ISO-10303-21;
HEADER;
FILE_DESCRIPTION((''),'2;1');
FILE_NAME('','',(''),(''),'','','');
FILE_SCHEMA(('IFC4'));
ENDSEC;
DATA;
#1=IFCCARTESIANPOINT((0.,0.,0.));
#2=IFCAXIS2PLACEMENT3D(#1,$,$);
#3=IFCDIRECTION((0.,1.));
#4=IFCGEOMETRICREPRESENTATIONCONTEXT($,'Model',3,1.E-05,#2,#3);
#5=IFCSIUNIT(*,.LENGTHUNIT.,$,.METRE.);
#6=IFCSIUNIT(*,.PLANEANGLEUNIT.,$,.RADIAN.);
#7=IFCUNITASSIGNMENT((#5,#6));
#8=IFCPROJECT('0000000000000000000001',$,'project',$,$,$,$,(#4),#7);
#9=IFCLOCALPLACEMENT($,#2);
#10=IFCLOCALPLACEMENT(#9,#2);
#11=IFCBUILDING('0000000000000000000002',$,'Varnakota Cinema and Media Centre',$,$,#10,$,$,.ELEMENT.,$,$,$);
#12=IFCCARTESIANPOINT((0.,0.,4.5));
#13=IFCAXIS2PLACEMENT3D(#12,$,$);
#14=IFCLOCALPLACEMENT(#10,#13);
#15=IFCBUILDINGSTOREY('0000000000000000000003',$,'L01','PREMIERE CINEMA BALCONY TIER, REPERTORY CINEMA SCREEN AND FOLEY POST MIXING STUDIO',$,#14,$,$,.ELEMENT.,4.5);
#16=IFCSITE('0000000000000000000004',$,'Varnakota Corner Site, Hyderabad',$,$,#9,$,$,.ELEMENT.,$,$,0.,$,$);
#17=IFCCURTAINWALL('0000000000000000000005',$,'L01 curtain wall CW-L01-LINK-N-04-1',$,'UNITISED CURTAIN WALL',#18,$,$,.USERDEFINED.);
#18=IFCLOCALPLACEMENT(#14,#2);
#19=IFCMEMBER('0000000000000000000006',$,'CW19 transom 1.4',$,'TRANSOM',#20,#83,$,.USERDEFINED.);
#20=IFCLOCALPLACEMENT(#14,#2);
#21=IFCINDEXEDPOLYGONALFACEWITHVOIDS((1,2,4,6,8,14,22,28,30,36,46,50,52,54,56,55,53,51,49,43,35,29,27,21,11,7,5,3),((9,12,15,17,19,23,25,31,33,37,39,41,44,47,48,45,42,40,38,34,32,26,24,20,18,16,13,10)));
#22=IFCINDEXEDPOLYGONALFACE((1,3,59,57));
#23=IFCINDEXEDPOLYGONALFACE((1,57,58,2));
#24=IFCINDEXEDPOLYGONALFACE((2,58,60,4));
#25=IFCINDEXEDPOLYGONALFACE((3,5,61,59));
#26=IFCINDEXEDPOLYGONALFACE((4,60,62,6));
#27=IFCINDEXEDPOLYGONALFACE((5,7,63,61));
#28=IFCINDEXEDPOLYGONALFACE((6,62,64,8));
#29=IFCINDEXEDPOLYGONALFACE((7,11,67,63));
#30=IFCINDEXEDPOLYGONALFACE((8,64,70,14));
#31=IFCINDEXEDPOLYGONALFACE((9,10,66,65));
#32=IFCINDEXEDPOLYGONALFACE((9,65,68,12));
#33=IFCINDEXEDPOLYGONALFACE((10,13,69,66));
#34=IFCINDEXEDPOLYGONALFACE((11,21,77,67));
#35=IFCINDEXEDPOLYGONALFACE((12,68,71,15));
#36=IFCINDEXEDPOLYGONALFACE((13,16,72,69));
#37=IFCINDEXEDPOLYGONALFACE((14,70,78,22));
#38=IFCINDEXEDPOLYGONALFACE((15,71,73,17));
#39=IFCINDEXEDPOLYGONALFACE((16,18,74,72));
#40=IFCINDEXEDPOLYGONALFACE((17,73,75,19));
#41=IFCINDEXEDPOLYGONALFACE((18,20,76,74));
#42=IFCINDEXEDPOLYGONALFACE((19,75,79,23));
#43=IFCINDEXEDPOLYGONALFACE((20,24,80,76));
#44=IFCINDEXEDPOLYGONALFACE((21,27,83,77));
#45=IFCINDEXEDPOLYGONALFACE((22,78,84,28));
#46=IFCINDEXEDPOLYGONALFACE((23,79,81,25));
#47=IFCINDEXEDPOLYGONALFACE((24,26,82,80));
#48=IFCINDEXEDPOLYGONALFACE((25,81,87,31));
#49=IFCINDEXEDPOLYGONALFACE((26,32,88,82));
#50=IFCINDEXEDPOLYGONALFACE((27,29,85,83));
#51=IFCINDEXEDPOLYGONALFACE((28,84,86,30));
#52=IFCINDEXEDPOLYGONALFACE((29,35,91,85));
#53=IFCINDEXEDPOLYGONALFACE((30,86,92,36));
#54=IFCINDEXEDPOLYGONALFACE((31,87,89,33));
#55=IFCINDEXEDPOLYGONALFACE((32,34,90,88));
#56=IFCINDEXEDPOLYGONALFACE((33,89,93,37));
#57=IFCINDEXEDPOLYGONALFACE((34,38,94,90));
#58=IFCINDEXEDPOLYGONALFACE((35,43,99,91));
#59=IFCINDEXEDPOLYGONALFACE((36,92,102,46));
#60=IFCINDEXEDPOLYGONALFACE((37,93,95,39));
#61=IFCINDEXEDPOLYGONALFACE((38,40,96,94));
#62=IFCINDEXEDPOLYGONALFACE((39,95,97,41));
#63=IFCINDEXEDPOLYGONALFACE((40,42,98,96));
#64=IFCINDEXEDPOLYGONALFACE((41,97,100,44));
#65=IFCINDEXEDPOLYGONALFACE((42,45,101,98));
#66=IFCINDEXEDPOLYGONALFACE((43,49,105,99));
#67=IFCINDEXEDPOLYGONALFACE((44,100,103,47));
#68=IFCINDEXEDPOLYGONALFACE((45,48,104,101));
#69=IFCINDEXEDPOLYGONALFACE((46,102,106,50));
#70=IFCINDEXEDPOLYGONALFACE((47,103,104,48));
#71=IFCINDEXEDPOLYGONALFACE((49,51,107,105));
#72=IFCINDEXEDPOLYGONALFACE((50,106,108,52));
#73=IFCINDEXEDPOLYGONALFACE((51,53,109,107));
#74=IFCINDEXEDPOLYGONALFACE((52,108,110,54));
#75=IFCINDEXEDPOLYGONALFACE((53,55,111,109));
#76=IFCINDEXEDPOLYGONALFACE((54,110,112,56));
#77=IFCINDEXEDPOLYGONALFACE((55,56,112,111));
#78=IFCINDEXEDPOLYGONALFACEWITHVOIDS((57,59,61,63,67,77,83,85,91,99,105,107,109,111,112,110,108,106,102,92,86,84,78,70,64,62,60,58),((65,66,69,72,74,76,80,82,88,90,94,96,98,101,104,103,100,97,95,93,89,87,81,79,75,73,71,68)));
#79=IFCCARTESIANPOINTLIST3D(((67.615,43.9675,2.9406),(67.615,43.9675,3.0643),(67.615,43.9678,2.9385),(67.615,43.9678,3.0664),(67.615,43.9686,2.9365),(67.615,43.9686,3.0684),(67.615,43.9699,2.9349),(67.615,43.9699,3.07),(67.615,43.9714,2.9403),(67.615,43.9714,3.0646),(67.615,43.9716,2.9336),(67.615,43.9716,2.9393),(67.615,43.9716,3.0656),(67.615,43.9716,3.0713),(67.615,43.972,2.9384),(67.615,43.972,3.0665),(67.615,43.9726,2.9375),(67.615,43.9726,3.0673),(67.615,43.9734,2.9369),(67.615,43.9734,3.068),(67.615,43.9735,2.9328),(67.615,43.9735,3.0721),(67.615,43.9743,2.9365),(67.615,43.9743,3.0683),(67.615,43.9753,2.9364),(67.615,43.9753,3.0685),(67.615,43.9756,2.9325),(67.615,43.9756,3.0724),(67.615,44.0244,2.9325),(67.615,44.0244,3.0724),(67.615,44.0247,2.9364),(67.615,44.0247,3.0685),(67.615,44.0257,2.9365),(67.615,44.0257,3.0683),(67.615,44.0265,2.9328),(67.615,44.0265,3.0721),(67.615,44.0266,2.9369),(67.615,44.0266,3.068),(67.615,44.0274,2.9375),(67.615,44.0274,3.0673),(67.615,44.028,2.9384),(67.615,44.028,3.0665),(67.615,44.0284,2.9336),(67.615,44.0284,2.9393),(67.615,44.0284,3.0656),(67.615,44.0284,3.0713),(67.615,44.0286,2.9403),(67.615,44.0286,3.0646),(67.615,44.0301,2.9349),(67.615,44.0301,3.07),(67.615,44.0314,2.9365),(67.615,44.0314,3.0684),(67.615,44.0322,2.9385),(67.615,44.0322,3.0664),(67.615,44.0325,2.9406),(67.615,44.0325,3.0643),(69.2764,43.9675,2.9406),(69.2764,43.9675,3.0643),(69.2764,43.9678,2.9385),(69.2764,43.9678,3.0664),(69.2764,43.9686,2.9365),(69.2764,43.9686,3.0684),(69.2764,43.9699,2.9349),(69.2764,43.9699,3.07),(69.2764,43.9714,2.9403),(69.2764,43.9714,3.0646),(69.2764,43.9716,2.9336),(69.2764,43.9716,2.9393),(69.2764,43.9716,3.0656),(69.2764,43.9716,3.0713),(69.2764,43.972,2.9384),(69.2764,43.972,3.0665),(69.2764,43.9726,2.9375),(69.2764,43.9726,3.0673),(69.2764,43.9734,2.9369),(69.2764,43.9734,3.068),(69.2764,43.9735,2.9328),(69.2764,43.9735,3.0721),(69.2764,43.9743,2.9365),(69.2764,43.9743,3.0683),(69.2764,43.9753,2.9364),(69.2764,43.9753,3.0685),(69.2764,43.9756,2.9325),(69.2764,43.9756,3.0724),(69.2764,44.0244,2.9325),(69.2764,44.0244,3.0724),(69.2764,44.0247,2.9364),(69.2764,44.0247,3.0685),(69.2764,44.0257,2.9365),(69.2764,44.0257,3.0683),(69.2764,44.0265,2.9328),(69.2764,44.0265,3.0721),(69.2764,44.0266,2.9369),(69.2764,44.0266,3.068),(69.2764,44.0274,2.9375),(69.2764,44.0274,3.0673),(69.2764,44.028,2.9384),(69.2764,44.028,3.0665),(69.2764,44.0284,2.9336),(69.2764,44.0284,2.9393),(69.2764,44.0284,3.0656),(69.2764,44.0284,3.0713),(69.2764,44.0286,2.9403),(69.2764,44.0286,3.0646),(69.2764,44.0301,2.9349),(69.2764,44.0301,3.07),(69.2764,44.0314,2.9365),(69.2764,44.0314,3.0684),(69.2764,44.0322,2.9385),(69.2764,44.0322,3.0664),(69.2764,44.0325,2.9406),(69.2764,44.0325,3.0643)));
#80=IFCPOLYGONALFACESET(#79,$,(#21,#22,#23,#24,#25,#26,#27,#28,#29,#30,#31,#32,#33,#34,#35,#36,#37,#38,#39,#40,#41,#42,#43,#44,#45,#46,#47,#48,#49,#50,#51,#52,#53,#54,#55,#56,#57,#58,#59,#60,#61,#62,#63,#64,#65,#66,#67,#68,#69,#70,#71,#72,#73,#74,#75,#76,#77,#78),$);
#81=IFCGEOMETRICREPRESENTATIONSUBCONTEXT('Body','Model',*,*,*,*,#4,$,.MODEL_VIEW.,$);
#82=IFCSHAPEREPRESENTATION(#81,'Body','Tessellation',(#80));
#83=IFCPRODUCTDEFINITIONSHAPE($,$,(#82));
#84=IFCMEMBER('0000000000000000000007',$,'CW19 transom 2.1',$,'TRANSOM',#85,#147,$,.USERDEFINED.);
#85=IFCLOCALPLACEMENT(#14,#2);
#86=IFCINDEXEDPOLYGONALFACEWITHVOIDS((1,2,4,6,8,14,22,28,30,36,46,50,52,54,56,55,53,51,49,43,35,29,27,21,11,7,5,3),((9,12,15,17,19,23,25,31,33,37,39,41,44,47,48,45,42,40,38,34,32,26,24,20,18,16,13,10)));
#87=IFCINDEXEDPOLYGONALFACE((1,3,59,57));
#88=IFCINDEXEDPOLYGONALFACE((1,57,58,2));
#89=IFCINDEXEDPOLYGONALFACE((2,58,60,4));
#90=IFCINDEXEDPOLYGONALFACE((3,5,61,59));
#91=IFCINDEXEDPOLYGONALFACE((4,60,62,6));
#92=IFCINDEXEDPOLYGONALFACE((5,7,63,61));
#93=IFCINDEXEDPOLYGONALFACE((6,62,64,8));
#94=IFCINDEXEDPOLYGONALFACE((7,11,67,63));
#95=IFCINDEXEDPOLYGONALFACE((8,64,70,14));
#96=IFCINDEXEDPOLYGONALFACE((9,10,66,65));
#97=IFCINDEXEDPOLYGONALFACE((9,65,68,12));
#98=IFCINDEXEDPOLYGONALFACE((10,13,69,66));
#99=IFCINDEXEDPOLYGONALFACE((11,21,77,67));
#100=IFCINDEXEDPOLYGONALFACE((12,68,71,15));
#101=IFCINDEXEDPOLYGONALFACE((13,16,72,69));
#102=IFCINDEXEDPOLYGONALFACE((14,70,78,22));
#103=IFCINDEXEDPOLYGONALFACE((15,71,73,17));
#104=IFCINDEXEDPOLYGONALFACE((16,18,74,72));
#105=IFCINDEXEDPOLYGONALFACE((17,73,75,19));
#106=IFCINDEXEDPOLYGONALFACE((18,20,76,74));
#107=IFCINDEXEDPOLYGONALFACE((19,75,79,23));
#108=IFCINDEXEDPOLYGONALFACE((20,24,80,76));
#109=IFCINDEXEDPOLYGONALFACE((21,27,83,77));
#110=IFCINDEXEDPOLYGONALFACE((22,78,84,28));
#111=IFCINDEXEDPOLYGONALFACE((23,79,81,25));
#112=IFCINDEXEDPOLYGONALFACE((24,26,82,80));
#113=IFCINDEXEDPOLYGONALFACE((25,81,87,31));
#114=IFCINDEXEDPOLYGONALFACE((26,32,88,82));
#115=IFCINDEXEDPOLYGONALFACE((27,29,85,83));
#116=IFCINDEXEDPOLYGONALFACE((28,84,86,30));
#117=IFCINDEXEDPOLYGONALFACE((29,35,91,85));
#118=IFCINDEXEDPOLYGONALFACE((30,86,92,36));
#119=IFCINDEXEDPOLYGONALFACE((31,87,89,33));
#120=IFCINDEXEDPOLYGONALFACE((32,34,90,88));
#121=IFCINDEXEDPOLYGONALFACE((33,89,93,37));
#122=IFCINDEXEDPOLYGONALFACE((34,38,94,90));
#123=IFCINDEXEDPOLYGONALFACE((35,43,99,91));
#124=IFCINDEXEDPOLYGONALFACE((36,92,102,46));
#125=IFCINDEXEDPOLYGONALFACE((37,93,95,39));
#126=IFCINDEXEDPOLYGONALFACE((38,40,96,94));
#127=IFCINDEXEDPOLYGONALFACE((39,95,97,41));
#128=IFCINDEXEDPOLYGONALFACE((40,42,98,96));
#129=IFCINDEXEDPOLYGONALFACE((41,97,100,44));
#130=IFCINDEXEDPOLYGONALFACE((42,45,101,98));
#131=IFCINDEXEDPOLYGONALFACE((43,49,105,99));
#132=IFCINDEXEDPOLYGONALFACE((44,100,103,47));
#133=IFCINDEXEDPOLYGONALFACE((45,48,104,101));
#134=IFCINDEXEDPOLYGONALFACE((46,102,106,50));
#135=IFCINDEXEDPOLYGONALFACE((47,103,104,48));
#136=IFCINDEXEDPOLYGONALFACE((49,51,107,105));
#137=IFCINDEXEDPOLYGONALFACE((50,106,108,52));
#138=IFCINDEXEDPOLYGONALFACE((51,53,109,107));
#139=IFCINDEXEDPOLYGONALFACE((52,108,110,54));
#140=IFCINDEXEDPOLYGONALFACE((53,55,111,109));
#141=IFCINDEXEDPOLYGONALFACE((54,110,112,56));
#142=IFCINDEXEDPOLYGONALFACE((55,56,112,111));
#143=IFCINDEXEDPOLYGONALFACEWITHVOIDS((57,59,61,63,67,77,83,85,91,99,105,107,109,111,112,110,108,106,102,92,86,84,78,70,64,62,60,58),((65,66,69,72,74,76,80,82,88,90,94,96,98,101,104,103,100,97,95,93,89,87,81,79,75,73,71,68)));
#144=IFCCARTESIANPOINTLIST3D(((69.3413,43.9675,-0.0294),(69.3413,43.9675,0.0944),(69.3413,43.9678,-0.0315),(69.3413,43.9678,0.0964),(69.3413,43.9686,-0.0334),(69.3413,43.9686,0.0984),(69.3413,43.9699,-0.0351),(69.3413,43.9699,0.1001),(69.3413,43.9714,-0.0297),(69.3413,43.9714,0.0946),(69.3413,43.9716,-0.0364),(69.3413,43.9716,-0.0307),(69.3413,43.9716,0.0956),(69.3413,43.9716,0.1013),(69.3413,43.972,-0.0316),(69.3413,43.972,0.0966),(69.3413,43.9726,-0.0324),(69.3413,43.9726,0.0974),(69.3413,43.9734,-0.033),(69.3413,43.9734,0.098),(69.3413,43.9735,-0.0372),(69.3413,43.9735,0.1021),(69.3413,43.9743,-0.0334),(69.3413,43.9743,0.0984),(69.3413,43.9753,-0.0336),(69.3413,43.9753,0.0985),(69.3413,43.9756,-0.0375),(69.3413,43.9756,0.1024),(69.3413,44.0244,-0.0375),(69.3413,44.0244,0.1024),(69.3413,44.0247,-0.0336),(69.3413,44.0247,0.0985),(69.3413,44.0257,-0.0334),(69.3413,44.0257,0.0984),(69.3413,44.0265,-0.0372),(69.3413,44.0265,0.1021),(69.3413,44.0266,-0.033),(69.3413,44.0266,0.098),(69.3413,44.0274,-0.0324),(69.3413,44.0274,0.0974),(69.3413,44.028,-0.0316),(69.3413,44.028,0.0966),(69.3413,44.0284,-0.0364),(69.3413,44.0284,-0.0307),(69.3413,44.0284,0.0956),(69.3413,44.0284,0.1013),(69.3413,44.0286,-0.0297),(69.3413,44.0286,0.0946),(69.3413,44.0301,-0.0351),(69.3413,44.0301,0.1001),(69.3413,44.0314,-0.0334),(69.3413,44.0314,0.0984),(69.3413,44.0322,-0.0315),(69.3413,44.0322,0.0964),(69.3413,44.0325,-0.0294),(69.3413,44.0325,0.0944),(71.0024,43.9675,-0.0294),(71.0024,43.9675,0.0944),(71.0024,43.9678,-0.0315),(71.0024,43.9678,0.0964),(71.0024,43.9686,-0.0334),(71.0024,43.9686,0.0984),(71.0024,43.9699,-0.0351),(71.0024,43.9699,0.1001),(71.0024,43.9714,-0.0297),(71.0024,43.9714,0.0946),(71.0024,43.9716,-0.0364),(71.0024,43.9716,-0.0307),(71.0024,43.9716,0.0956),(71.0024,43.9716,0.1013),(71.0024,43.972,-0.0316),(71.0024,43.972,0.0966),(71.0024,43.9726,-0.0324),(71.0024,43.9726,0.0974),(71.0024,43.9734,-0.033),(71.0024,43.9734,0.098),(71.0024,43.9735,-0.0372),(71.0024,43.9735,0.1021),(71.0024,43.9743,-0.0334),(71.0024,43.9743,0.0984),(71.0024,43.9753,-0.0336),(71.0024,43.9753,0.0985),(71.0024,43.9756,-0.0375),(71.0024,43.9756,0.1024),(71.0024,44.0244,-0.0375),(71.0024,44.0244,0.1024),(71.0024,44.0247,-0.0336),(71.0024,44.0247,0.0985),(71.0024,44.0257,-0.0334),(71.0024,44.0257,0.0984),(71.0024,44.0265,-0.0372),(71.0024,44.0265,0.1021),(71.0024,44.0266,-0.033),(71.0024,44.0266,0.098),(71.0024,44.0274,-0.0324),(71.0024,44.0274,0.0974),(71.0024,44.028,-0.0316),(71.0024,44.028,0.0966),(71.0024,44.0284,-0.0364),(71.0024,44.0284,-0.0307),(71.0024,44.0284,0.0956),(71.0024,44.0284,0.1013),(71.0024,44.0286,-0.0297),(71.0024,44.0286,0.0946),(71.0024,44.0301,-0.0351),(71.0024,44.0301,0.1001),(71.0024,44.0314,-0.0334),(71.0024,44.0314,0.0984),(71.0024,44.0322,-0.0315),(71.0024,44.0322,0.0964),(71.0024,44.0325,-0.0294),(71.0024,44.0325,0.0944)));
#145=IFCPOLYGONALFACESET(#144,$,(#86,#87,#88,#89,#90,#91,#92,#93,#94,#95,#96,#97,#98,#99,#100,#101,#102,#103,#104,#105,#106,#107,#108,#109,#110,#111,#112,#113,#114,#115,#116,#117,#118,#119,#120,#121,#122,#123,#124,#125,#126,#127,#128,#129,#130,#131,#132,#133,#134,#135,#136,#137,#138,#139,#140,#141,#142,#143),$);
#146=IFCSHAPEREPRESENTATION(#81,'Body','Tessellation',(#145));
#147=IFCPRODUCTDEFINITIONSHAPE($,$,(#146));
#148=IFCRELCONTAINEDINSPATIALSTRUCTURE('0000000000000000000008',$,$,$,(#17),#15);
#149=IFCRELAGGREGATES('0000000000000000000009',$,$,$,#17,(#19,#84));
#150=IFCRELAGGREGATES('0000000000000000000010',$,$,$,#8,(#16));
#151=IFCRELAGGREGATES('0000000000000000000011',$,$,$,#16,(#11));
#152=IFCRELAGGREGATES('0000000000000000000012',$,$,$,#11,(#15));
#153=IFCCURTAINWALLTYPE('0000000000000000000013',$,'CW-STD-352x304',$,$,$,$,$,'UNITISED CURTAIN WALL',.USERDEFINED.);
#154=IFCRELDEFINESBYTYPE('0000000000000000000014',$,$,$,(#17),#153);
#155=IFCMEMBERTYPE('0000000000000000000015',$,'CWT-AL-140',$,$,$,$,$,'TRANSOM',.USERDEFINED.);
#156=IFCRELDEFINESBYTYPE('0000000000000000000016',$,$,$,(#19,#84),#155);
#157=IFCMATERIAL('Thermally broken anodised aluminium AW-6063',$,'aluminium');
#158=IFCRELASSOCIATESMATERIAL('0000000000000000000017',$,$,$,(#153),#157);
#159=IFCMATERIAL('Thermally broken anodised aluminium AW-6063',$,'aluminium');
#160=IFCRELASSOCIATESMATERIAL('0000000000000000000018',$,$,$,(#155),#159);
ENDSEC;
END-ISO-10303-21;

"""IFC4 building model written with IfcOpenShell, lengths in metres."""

from ifc_helpers import new_model, si_unit, direction, frame, origin, origin_2d, place, context, subcontext, project, spatial, hollow_rectangle, extrude, material, material_profile, profile_set, type_object, element, aggregate, save


model = new_model("IFC4")

# Units and contexts
model_context = context("Model", 3, precision=1e-05, world=origin(), true_north=direction((0.0, 1.0)))
body_context = subcontext(model_context, "Body", "Model", "MODEL_VIEW")
ifc_project = project(units=[si_unit("LENGTHUNIT", "METRE"), si_unit("PLANEANGLEUNIT", "RADIAN")], contexts=[model_context])

# Site, building, storey
site_placement = place(None, origin())
site = spatial("IfcSite", under=ifc_project, at=site_placement, Name="Varnakota Corner Site, Hyderabad", CompositionType="ELEMENT", RefElevation=0.0)
building_placement = place(site_placement, origin())
building = spatial("IfcBuilding", under=site, at=building_placement, Name="Varnakota Cinema and Media Centre", CompositionType="ELEMENT")
storey_placement = place(building_placement, frame((0.0, 0.0, 4.5)))
storey = spatial("IfcBuildingStorey", under=building, at=storey_placement, Name="L01", Description="PREMIERE CINEMA BALCONY TIER, REPERTORY CINEMA SCREEN AND FOLEY POST MIXING STUDIO", CompositionType="ELEMENT", Elevation=4.5)

# Curtain wall
ifc_material_1 = material(Name="Thermally broken anodised aluminium AW-6063", Category="aluminium")
curtain_wall_type_1 = type_object("IfcCurtainWallType", Name="CW-STD-352x304", ElementType="UNITISED CURTAIN WALL", PredefinedType="USERDEFINED", material=ifc_material_1)
curtain_wall_1_placement = place(storey_placement, origin())
curtain_wall_1 = element("IfcCurtainWall", 1, at=curtain_wall_1_placement, inside=storey, type_object=curtain_wall_type_1, Name="L01 curtain wall CW-L01-LINK-N-04-1", ObjectType="UNITISED CURTAIN WALL", PredefinedType="USERDEFINED")

# Members
ifc_material_2 = material(Name="Thermally broken anodised aluminium AW-6063", Category="aluminium")
ifc_material_profile_1 = material_profile(ifc_material_2, hollow_rectangle(XDim=0.0649, YDim=0.1399, WallThickness=0.0039, InnerFilletRadius=0.0039, OuterFilletRadius=0.0081, at=origin_2d()), Name="AL-TRANSOM 140x65x4")
ifc_profile_set_1 = profile_set([ifc_material_profile_1], Name="Thermally broken anodised aluminium AW-6063")
member_type_1 = type_object("IfcMemberType", Name="CWT-AL-140", ElementType="TRANSOM", PredefinedType="USERDEFINED", material=ifc_profile_set_1)
member_1_placement = place(storey_placement, frame((67.615, 44.0, 3.0024), z_axis=(1.0, 0.0, 0.0), x_axis=(0.0, 1.0, 0.0)))
member_1 = element("IfcMember", 2, at=member_1_placement, type_object=member_type_1, Name="CW19 transom 1.4", ObjectType="TRANSOM", PredefinedType="USERDEFINED", context=body_context, shape_type="SweptSolid", body=[
    extrude(hollow_rectangle(XDim=0.0649, YDim=0.1399, WallThickness=0.0039, InnerFilletRadius=0.0039, OuterFilletRadius=0.0081, at=origin_2d()), origin(), (0.0, 0.0, 1.0), 1.6614),
])
member_2_placement = place(storey_placement, frame((69.3413, 44.0, 0.0325), z_axis=(1.0, 0.0, 0.0), x_axis=(0.0, 1.0, 0.0)))
member_2 = element("IfcMember", 3, at=member_2_placement, type_object=member_type_1, Name="CW19 transom 2.1", ObjectType="TRANSOM", PredefinedType="USERDEFINED", context=body_context, shape_type="SweptSolid", body=[
    extrude(hollow_rectangle(XDim=0.0649, YDim=0.1399, WallThickness=0.0039, InnerFilletRadius=0.0039, OuterFilletRadius=0.0081, at=origin_2d()), origin(), (0.0, 0.0, 1.0), 1.6611),
])

aggregate(curtain_wall_1, [member_1, member_2])

save(model, "model.ifc")
